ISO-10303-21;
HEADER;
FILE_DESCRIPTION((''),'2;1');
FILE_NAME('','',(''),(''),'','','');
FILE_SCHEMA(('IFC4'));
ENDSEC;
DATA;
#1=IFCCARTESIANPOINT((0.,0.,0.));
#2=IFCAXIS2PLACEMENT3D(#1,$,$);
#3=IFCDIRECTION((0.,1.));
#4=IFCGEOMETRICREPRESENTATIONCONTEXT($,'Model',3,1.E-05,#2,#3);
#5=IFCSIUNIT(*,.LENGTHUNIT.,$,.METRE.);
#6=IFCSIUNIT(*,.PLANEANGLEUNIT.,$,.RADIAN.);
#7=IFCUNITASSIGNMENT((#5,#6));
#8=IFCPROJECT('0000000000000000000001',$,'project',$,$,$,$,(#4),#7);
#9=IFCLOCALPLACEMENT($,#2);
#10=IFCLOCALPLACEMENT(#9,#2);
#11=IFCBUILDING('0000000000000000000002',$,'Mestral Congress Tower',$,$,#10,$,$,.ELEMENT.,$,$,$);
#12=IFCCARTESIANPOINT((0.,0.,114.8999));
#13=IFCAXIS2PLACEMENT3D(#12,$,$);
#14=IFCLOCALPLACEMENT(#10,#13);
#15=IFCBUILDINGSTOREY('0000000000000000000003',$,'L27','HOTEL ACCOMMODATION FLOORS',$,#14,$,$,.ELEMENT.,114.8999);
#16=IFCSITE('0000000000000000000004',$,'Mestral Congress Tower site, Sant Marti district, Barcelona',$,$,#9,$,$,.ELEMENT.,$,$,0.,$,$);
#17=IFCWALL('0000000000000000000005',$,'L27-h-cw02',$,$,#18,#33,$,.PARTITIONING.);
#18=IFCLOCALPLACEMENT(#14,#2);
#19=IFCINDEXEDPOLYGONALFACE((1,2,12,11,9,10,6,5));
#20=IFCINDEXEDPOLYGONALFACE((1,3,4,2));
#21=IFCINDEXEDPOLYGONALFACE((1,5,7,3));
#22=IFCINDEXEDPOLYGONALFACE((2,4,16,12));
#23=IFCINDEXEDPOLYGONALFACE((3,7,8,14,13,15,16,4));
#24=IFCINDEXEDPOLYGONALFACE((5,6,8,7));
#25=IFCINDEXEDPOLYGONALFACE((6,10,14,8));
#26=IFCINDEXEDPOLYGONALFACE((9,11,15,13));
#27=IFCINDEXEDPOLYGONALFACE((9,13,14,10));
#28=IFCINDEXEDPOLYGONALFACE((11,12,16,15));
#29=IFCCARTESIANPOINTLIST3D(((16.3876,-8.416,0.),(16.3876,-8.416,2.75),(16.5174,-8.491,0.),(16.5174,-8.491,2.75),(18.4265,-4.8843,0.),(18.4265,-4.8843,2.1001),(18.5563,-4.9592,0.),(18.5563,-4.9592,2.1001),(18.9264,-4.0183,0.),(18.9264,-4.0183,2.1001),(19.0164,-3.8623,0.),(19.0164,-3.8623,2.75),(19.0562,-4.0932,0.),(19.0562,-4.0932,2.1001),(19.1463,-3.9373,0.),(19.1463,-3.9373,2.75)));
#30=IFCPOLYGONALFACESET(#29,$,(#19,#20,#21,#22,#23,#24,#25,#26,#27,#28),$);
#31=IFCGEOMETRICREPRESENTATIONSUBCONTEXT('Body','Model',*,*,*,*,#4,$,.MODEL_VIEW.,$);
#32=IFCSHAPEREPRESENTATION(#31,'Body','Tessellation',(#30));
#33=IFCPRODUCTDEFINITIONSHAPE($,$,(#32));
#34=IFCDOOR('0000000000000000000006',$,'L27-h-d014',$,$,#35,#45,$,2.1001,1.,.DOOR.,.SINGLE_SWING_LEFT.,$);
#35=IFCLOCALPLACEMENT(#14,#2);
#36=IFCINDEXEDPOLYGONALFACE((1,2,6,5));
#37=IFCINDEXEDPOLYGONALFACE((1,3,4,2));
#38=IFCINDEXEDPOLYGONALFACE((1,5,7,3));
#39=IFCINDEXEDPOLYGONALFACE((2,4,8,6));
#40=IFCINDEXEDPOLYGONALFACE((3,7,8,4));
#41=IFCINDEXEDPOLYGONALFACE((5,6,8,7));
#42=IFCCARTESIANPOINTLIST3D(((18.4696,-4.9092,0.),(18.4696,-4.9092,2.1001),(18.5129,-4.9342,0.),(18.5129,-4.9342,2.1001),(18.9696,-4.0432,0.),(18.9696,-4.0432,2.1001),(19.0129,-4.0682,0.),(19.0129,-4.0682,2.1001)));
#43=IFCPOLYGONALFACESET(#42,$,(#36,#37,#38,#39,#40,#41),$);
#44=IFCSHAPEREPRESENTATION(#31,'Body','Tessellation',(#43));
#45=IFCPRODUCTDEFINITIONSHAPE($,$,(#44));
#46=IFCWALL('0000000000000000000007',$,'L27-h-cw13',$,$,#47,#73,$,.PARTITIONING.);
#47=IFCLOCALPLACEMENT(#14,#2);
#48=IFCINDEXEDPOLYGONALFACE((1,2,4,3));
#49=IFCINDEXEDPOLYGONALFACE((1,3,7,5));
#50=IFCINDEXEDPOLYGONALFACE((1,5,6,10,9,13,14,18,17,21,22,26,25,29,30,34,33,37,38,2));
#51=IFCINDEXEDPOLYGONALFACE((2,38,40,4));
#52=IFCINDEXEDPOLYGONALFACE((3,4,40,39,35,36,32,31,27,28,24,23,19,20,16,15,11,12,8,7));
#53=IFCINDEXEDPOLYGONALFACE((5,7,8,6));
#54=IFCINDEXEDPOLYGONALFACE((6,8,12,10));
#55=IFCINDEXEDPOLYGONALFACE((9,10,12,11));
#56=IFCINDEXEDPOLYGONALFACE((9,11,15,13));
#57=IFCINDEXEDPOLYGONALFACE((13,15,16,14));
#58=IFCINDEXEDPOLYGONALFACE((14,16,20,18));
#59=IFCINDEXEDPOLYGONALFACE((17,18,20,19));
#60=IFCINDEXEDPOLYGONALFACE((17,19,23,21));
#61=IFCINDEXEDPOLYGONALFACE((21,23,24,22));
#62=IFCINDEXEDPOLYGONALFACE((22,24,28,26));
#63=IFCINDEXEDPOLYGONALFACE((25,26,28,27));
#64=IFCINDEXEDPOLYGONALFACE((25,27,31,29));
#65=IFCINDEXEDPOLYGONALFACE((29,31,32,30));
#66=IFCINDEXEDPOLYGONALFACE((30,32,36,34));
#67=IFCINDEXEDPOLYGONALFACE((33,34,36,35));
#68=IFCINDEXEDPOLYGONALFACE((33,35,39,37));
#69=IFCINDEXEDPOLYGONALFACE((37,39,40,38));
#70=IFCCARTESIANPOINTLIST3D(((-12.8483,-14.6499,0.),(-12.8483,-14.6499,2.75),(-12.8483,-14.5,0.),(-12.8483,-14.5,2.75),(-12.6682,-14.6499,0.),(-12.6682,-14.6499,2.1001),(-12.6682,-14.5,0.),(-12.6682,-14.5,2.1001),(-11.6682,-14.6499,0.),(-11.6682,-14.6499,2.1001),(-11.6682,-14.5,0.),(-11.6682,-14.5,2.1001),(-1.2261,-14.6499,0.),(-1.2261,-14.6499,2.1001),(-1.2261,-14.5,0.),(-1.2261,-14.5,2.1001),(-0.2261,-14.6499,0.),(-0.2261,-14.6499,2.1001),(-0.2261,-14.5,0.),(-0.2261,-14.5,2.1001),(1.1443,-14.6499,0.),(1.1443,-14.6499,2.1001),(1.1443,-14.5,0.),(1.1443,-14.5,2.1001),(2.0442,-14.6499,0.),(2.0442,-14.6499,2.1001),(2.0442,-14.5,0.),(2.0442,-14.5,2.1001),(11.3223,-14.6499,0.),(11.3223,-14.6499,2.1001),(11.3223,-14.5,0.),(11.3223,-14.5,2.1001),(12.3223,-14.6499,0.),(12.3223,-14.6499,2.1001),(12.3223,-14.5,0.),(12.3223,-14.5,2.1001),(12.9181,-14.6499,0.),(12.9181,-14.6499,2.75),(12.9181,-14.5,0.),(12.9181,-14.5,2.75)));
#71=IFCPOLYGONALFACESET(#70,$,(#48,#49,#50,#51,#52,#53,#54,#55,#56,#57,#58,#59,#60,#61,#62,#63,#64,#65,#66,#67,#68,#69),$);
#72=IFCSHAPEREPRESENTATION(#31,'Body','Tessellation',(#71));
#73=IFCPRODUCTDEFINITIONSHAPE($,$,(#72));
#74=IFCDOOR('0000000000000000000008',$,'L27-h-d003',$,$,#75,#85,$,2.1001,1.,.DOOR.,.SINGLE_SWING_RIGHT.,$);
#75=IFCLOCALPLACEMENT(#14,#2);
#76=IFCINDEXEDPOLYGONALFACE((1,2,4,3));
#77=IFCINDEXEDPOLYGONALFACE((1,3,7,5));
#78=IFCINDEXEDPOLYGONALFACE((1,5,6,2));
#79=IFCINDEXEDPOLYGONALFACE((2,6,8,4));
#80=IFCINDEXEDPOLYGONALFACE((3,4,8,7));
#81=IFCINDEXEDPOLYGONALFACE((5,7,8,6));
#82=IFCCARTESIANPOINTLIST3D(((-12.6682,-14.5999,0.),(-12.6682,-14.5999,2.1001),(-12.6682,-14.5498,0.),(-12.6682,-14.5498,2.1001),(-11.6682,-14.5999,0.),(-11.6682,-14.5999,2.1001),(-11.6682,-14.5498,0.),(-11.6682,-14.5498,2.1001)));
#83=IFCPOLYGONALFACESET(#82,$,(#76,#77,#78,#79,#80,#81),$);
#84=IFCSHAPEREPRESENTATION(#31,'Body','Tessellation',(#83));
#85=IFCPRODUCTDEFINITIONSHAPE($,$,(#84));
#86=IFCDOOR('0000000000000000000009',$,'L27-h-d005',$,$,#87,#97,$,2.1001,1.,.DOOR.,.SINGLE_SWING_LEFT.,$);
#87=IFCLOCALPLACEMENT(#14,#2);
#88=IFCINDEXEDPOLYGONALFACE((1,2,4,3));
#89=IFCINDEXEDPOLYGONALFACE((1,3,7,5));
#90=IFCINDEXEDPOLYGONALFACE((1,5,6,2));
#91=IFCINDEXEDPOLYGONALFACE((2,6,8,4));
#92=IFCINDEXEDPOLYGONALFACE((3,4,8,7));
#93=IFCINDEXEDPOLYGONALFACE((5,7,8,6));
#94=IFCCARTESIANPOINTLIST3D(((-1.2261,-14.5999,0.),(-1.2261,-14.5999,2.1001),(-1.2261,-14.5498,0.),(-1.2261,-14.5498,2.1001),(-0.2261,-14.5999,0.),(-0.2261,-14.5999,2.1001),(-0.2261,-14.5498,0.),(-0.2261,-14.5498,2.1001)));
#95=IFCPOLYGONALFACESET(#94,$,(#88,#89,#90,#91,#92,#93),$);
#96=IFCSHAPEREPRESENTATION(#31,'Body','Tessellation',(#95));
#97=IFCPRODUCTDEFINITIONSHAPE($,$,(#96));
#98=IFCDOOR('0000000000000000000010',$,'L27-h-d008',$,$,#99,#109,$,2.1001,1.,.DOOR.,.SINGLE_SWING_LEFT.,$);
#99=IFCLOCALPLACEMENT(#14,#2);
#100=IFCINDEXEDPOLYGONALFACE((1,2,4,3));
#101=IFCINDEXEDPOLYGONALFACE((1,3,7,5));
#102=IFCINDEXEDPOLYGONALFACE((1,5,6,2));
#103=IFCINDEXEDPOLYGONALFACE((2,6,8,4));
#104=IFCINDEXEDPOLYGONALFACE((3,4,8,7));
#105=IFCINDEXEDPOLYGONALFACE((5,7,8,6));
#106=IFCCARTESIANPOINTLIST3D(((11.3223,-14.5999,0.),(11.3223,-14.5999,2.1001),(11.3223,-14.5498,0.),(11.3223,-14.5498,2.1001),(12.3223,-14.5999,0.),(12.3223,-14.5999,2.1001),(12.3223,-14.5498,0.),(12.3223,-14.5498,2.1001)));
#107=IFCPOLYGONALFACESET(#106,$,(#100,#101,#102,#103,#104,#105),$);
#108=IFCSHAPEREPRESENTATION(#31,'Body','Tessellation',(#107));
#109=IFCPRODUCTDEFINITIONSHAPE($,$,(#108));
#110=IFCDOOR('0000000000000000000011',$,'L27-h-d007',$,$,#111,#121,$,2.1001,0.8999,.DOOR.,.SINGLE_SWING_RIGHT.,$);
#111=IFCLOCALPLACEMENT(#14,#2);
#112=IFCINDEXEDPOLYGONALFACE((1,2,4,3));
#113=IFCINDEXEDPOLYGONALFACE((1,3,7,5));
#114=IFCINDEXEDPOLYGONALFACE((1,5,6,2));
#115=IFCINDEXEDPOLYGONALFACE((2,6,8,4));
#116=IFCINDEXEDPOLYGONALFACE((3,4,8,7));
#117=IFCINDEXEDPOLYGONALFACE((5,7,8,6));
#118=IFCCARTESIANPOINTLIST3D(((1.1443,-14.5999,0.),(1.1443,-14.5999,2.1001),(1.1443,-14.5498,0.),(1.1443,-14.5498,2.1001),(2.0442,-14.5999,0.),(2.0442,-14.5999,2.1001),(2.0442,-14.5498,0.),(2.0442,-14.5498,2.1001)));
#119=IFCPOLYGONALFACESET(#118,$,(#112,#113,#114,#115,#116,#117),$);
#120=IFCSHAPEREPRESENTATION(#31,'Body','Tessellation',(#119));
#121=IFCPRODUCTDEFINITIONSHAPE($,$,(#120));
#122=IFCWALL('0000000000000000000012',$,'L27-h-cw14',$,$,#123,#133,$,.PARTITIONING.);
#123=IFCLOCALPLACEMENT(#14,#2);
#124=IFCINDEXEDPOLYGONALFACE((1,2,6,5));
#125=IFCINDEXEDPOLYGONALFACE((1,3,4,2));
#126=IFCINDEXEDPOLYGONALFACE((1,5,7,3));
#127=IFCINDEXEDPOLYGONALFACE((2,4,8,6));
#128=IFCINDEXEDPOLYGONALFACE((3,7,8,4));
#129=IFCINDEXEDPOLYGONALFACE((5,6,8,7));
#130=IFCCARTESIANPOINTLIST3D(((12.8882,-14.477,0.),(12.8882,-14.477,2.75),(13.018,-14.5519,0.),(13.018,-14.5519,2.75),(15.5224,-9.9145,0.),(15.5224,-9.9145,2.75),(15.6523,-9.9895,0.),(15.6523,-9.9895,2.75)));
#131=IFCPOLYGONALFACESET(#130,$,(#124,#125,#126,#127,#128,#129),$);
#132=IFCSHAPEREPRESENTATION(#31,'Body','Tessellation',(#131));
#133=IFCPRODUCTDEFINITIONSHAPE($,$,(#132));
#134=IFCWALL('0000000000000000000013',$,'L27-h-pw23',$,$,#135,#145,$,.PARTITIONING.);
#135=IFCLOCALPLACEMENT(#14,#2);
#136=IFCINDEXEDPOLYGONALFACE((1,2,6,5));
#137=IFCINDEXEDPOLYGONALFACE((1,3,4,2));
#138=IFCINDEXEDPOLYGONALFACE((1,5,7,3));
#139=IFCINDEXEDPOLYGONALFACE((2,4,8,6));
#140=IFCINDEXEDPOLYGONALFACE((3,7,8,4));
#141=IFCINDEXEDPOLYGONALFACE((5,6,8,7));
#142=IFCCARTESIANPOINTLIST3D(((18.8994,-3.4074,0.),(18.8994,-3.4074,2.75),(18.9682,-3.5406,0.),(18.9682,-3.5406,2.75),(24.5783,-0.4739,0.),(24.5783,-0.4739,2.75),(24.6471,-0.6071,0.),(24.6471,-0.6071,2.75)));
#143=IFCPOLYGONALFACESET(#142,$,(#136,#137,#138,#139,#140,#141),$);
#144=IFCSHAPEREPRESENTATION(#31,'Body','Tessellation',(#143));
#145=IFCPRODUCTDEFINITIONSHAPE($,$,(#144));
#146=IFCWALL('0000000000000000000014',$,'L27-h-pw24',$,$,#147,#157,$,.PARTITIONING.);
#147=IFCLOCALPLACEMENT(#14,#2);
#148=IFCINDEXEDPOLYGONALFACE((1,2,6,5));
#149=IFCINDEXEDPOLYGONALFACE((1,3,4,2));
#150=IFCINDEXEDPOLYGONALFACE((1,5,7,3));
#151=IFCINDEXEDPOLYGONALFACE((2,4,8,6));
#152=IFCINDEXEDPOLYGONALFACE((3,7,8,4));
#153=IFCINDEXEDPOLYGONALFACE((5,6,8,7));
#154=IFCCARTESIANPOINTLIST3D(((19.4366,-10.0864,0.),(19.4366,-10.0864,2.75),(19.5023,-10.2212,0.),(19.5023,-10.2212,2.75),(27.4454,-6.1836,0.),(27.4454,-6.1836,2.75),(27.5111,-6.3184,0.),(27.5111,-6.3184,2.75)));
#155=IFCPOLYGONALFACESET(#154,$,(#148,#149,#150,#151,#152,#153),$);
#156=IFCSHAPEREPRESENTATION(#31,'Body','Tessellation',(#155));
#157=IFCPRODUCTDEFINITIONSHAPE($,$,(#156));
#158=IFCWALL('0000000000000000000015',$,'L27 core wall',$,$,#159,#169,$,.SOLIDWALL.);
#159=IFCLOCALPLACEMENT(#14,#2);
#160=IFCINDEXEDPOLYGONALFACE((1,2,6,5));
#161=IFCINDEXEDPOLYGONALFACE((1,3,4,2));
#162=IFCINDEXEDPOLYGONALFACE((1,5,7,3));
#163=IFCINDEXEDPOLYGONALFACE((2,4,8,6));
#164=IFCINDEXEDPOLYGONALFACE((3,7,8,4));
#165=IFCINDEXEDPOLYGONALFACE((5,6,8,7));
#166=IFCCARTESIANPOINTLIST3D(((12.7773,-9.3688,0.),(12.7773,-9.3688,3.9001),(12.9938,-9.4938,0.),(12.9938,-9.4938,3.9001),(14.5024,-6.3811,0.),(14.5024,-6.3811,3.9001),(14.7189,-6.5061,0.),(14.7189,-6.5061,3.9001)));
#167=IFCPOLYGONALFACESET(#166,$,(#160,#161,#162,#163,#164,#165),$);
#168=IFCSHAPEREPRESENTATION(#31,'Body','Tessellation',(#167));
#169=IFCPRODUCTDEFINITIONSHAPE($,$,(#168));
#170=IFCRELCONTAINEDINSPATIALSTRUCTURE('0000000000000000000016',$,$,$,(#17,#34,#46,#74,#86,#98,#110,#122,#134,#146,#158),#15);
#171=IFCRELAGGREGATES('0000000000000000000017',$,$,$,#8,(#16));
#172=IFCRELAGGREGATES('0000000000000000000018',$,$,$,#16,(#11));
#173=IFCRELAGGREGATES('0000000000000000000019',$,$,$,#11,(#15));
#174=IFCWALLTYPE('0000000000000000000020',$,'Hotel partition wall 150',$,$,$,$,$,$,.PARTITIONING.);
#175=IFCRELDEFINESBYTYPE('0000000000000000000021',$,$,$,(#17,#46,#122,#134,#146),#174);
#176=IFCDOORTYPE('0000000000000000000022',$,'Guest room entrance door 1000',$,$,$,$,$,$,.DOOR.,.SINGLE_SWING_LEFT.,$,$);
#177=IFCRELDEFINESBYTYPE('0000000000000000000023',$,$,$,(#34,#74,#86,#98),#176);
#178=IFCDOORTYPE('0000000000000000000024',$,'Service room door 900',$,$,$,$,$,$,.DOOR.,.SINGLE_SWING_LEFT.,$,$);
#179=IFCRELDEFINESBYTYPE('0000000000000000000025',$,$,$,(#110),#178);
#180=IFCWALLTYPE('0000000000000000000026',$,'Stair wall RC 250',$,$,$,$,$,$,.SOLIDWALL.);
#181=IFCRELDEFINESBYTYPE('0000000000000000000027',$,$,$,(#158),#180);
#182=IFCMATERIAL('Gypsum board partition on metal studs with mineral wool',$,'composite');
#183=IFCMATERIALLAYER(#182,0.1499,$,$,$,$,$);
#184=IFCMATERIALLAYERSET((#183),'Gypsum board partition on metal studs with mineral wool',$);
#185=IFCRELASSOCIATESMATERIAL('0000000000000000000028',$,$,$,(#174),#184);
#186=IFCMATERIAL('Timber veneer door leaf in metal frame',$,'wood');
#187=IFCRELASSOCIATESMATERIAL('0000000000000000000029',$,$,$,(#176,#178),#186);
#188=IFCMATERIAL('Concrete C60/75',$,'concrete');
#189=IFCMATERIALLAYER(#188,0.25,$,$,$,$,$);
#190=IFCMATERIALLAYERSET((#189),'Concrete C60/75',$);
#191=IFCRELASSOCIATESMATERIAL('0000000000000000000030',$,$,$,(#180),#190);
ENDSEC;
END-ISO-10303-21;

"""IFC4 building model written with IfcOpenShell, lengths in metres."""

from ifc_helpers import new_model, si_unit, direction, frame, frame_2d, origin, place, context, subcontext, project, spatial, rectangle, extrude, material, layer, layer_set, type_object, element, fill, save


model = new_model("IFC4")

# Units and contexts
model_context = context("Model", 3, precision=1e-05, world=origin(), true_north=direction((0.0, 1.0)))
body_context = subcontext(model_context, "Body", "Model", "MODEL_VIEW")
ifc_project = project(units=[si_unit("LENGTHUNIT", "METRE"), si_unit("PLANEANGLEUNIT", "RADIAN")], contexts=[model_context])

# Site, building, storey
site_placement = place(None, origin())
site = spatial("IfcSite", under=ifc_project, at=site_placement, Name="Mestral Congress Tower site, Sant Marti district, Barcelona", CompositionType="ELEMENT", RefElevation=0.0)
building_placement = place(site_placement, origin())
building = spatial("IfcBuilding", under=site, at=building_placement, Name="Mestral Congress Tower", CompositionType="ELEMENT")
storey_placement = place(building_placement, frame((0.0, 0.0, 114.8999)))
storey = spatial("IfcBuildingStorey", under=building, at=storey_placement, Name="L27", Description="HOTEL ACCOMMODATION FLOORS", CompositionType="ELEMENT", Elevation=114.8999)

# Shared definitions
ifc_material_1 = material(Name="Gypsum board partition on metal studs with mineral wool", Category="composite")

# Wall, opening, door
ifc_layer_1 = layer(ifc_material_1, 0.1499)
ifc_layer_set_1 = layer_set([ifc_layer_1], Name="Gypsum board partition on metal studs with mineral wool")
wall_type_1 = type_object("IfcWallType", Name="Hotel partition wall 150", PredefinedType="PARTITIONING", material=ifc_layer_set_1)
ifc_material_2 = material(Name="Timber veneer door leaf in metal frame", Category="wood")
door_type_1 = type_object("IfcDoorType", Name="Guest room entrance door 1000", OperationType="SINGLE_SWING_LEFT", PredefinedType="DOOR", material=ifc_material_2)
wall_1_placement = place(storey_placement, frame((19.0813, -3.8999, 0.0), z_axis=(0.0, 0.0, 1.0), x_axis=(-0.499974, -0.86604, 0.0)))
wall_1 = element("IfcWall", 1, at=wall_1_placement, inside=storey, type_object=wall_type_1, Name="L27-h-cw02", PredefinedType="PARTITIONING", context=body_context, shape_type="SweptSolid", body=[
    extrude(rectangle(XDim=5.2581, YDim=0.1499, at=frame_2d((2.6289, 0.0))), origin(), (0.0, 0.0, 1.0), 2.75),
])
opening_1_placement = place(wall_1_placement, frame((0.1799, 0.0, 0.0)))
opening_1 = element("IfcOpeningElement", 2, at=opening_1_placement, cuts=wall_1, PredefinedType="OPENING", context=body_context, shape_type="SweptSolid", body=[
    extrude(rectangle(XDim=1.0, YDim=2.1001, at=frame_2d((0.5, 1.05))), frame((0.0, 0.085, 0.0), z_axis=(0.0, -1.0, 0.0), x_axis=(1.0, 0.0, 0.0)), (0.0, 0.0, 1.0), 0.1699),
])
door_1_placement = place(opening_1_placement, origin())
door_1 = element("IfcDoor", 3, at=door_1_placement, inside=storey, type_object=door_type_1, Name="L27-h-d014", OperationType="SINGLE_SWING_LEFT", OverallHeight=2.1001, OverallWidth=1.0, PredefinedType="DOOR", context=body_context, shape_type="SweptSolid", body=[
    extrude(rectangle(XDim=1.0, YDim=2.1001, at=frame_2d((0.5, 1.05))), frame((0.0, 0.0249, 0.0), z_axis=(0.0, -1.0, 0.0), x_axis=(1.0, 0.0, 0.0)), (0.0, 0.0, 1.0), 0.05),
])
fill(opening_1, door_1)

# Wall, openings, doors
wall_2_placement = place(storey_placement, frame((12.9182, -14.575, 0.0), z_axis=(0.0, 0.0, 1.0), x_axis=(-1.0, 0.0, 0.0)))
wall_2 = element("IfcWall", 4, at=wall_2_placement, inside=storey, type_object=wall_type_1, Name="L27-h-cw13", PredefinedType="PARTITIONING", context=body_context, shape_type="SweptSolid", body=[
    extrude(rectangle(XDim=25.7664, YDim=0.1499, at=frame_2d((12.8833, 0.0))), origin(), (0.0, 0.0, 1.0), 2.75),
])
opening_2_placement = place(wall_2_placement, frame((24.5864, 0.0, 0.0)))
opening_2 = element("IfcOpeningElement", 5, at=opening_2_placement, cuts=wall_2, PredefinedType="OPENING", context=body_context, shape_type="SweptSolid", body=[
    extrude(rectangle(XDim=1.0, YDim=2.1001, at=frame_2d((0.5, 1.05))), frame((0.0, 0.085, 0.0), z_axis=(0.0, -1.0, 0.0), x_axis=(1.0, 0.0, 0.0)), (0.0, 0.0, 1.0), 0.1699),
])
opening_3_placement = place(wall_2_placement, frame((13.1443, 0.0, 0.0)))
opening_3 = element("IfcOpeningElement", 6, at=opening_3_placement, cuts=wall_2, PredefinedType="OPENING", context=body_context, shape_type="SweptSolid", body=[
    extrude(rectangle(XDim=1.0, YDim=2.1001, at=frame_2d((0.5, 1.05))), frame((0.0, 0.085, 0.0), z_axis=(0.0, -1.0, 0.0), x_axis=(1.0, 0.0, 0.0)), (0.0, 0.0, 1.0), 0.1699),
])
opening_4_placement = place(wall_2_placement, frame((10.874, 0.0, 0.0)))
opening_4 = element("IfcOpeningElement", 7, at=opening_4_placement, cuts=wall_2, PredefinedType="OPENING", context=body_context, shape_type="SweptSolid", body=[
    extrude(rectangle(XDim=0.8999, YDim=2.1001, at=frame_2d((0.45, 1.05))), frame((0.0, 0.085, 0.0), z_axis=(0.0, -1.0, 0.0), x_axis=(1.0, 0.0, 0.0)), (0.0, 0.0, 1.0), 0.1699),
])
opening_5_placement = place(wall_2_placement, frame((0.5959, 0.0, 0.0)))
opening_5 = element("IfcOpeningElement", 8, at=opening_5_placement, cuts=wall_2, PredefinedType="OPENING", context=body_context, shape_type="SweptSolid", body=[
    extrude(rectangle(XDim=1.0, YDim=2.1001, at=frame_2d((0.5, 1.05))), frame((0.0, 0.085, 0.0), z_axis=(0.0, -1.0, 0.0), x_axis=(1.0, 0.0, 0.0)), (0.0, 0.0, 1.0), 0.1699),
])
door_2_placement = place(opening_2_placement, origin())
door_2 = element("IfcDoor", 9, at=door_2_placement, inside=storey, type_object=door_type_1, Name="L27-h-d003", OperationType="SINGLE_SWING_RIGHT", OverallHeight=2.1001, OverallWidth=1.0, PredefinedType="DOOR", context=body_context, shape_type="SweptSolid", body=[
    extrude(rectangle(XDim=1.0, YDim=2.1001, at=frame_2d((0.5, 1.05))), frame((0.0, 0.0249, 0.0), z_axis=(0.0, -1.0, 0.0), x_axis=(1.0, 0.0, 0.0)), (0.0, 0.0, 1.0), 0.05),
])
fill(opening_2, door_2)
door_3_placement = place(opening_3_placement, origin())
door_3 = element("IfcDoor", 10, at=door_3_placement, inside=storey, type_object=door_type_1, Name="L27-h-d005", OperationType="SINGLE_SWING_LEFT", OverallHeight=2.1001, OverallWidth=1.0, PredefinedType="DOOR", context=body_context, shape_type="SweptSolid", body=[
    extrude(rectangle(XDim=1.0, YDim=2.1001, at=frame_2d((0.5, 1.05))), frame((0.0, 0.0249, 0.0), z_axis=(0.0, -1.0, 0.0), x_axis=(1.0, 0.0, 0.0)), (0.0, 0.0, 1.0), 0.05),
])
fill(opening_3, door_3)
door_4_placement = place(opening_5_placement, origin())
door_4 = element("IfcDoor", 11, at=door_4_placement, inside=storey, type_object=door_type_1, Name="L27-h-d008", OperationType="SINGLE_SWING_LEFT", OverallHeight=2.1001, OverallWidth=1.0, PredefinedType="DOOR", context=body_context, shape_type="SweptSolid", body=[
    extrude(rectangle(XDim=1.0, YDim=2.1001, at=frame_2d((0.5, 1.05))), frame((0.0, 0.0249, 0.0), z_axis=(0.0, -1.0, 0.0), x_axis=(1.0, 0.0, 0.0)), (0.0, 0.0, 1.0), 0.05),
])
fill(opening_5, door_4)
door_type_2 = type_object("IfcDoorType", Name="Service room door 900", OperationType="SINGLE_SWING_LEFT", PredefinedType="DOOR", material=ifc_material_2)
door_5_placement = place(opening_4_placement, origin())
door_5 = element("IfcDoor", 12, at=door_5_placement, inside=storey, type_object=door_type_2, Name="L27-h-d007", OperationType="SINGLE_SWING_RIGHT", OverallHeight=2.1001, OverallWidth=0.8999, PredefinedType="DOOR", context=body_context, shape_type="SweptSolid", body=[
    extrude(rectangle(XDim=0.8999, YDim=2.1001, at=frame_2d((0.45, 1.05))), frame((0.0, 0.0249, 0.0), z_axis=(0.0, -1.0, 0.0), x_axis=(1.0, 0.0, 0.0)), (0.0, 0.0, 1.0), 0.05),
])
fill(opening_4, door_5)

# Walls
wall_3_placement = place(storey_placement, frame((15.5874, -9.9519, 0.0), z_axis=(0.0, 0.0, 1.0), x_axis=(-0.500017, -0.866016, 0.0)))
element("IfcWall", 13, at=wall_3_placement, inside=storey, type_object=wall_type_1, Name="L27-h-cw14", PredefinedType="PARTITIONING", context=body_context, shape_type="SweptSolid", body=[
    extrude(rectangle(XDim=5.2683, YDim=0.1499, at=frame_2d((2.6343, 0.0))), origin(), (0.0, 0.0, 1.0), 2.75),
])
wall_4_placement = place(storey_placement, frame((24.6125, -0.5405, 0.0), z_axis=(0.0, 0.0, 1.0), x_axis=(-0.88846, -0.458954, 0.0)))
element("IfcWall", 14, at=wall_4_placement, inside=storey, type_object=wall_type_1, Name="L27-h-pw23", PredefinedType="PARTITIONING", context=body_context, shape_type="SweptSolid", body=[
    extrude(rectangle(XDim=6.3918, YDim=0.1499, at=frame_2d((3.1958, 0.0))), origin(), (0.0, 0.0, 1.0), 2.75),
])
wall_5_placement = place(storey_placement, frame((27.4783, -6.251, 0.0), z_axis=(0.0, 0.0, 1.0), x_axis=(-0.898941, -0.438071, 0.0)))
element("IfcWall", 15, at=wall_5_placement, inside=storey, type_object=wall_type_1, Name="L27-h-pw24", PredefinedType="PARTITIONING", context=body_context, shape_type="SweptSolid", body=[
    extrude(rectangle(XDim=8.9092, YDim=0.1499, at=frame_2d((4.4546, 0.0))), origin(), (0.0, 0.0, 1.0), 2.75),
])
ifc_material_3 = material(Name="Concrete C60/75", Category="concrete")
ifc_layer_2 = layer(ifc_material_3, 0.25)
ifc_layer_set_2 = layer_set([ifc_layer_2], Name="Concrete C60/75")
wall_type_2 = type_object("IfcWallType", Name="Stair wall RC 250", PredefinedType="SOLIDWALL", material=ifc_layer_set_2)
wall_6_placement = place(storey_placement, frame((12.8855, -9.4314, 0.0), z_axis=(0.0, 0.0, 1.0), x_axis=(0.500021, 0.866014, 0.0)))
element("IfcWall", 16, at=wall_6_placement, inside=storey, type_object=wall_type_2, Name="L27 core wall", PredefinedType="SOLIDWALL", context=body_context, shape_type="SweptSolid", body=[
    extrude(rectangle(XDim=3.45, YDim=0.25, at=frame_2d((1.7251, 0.0))), origin(), (0.0, 0.0, 1.0), 3.9001),
])

save(model, "model.ifc")
